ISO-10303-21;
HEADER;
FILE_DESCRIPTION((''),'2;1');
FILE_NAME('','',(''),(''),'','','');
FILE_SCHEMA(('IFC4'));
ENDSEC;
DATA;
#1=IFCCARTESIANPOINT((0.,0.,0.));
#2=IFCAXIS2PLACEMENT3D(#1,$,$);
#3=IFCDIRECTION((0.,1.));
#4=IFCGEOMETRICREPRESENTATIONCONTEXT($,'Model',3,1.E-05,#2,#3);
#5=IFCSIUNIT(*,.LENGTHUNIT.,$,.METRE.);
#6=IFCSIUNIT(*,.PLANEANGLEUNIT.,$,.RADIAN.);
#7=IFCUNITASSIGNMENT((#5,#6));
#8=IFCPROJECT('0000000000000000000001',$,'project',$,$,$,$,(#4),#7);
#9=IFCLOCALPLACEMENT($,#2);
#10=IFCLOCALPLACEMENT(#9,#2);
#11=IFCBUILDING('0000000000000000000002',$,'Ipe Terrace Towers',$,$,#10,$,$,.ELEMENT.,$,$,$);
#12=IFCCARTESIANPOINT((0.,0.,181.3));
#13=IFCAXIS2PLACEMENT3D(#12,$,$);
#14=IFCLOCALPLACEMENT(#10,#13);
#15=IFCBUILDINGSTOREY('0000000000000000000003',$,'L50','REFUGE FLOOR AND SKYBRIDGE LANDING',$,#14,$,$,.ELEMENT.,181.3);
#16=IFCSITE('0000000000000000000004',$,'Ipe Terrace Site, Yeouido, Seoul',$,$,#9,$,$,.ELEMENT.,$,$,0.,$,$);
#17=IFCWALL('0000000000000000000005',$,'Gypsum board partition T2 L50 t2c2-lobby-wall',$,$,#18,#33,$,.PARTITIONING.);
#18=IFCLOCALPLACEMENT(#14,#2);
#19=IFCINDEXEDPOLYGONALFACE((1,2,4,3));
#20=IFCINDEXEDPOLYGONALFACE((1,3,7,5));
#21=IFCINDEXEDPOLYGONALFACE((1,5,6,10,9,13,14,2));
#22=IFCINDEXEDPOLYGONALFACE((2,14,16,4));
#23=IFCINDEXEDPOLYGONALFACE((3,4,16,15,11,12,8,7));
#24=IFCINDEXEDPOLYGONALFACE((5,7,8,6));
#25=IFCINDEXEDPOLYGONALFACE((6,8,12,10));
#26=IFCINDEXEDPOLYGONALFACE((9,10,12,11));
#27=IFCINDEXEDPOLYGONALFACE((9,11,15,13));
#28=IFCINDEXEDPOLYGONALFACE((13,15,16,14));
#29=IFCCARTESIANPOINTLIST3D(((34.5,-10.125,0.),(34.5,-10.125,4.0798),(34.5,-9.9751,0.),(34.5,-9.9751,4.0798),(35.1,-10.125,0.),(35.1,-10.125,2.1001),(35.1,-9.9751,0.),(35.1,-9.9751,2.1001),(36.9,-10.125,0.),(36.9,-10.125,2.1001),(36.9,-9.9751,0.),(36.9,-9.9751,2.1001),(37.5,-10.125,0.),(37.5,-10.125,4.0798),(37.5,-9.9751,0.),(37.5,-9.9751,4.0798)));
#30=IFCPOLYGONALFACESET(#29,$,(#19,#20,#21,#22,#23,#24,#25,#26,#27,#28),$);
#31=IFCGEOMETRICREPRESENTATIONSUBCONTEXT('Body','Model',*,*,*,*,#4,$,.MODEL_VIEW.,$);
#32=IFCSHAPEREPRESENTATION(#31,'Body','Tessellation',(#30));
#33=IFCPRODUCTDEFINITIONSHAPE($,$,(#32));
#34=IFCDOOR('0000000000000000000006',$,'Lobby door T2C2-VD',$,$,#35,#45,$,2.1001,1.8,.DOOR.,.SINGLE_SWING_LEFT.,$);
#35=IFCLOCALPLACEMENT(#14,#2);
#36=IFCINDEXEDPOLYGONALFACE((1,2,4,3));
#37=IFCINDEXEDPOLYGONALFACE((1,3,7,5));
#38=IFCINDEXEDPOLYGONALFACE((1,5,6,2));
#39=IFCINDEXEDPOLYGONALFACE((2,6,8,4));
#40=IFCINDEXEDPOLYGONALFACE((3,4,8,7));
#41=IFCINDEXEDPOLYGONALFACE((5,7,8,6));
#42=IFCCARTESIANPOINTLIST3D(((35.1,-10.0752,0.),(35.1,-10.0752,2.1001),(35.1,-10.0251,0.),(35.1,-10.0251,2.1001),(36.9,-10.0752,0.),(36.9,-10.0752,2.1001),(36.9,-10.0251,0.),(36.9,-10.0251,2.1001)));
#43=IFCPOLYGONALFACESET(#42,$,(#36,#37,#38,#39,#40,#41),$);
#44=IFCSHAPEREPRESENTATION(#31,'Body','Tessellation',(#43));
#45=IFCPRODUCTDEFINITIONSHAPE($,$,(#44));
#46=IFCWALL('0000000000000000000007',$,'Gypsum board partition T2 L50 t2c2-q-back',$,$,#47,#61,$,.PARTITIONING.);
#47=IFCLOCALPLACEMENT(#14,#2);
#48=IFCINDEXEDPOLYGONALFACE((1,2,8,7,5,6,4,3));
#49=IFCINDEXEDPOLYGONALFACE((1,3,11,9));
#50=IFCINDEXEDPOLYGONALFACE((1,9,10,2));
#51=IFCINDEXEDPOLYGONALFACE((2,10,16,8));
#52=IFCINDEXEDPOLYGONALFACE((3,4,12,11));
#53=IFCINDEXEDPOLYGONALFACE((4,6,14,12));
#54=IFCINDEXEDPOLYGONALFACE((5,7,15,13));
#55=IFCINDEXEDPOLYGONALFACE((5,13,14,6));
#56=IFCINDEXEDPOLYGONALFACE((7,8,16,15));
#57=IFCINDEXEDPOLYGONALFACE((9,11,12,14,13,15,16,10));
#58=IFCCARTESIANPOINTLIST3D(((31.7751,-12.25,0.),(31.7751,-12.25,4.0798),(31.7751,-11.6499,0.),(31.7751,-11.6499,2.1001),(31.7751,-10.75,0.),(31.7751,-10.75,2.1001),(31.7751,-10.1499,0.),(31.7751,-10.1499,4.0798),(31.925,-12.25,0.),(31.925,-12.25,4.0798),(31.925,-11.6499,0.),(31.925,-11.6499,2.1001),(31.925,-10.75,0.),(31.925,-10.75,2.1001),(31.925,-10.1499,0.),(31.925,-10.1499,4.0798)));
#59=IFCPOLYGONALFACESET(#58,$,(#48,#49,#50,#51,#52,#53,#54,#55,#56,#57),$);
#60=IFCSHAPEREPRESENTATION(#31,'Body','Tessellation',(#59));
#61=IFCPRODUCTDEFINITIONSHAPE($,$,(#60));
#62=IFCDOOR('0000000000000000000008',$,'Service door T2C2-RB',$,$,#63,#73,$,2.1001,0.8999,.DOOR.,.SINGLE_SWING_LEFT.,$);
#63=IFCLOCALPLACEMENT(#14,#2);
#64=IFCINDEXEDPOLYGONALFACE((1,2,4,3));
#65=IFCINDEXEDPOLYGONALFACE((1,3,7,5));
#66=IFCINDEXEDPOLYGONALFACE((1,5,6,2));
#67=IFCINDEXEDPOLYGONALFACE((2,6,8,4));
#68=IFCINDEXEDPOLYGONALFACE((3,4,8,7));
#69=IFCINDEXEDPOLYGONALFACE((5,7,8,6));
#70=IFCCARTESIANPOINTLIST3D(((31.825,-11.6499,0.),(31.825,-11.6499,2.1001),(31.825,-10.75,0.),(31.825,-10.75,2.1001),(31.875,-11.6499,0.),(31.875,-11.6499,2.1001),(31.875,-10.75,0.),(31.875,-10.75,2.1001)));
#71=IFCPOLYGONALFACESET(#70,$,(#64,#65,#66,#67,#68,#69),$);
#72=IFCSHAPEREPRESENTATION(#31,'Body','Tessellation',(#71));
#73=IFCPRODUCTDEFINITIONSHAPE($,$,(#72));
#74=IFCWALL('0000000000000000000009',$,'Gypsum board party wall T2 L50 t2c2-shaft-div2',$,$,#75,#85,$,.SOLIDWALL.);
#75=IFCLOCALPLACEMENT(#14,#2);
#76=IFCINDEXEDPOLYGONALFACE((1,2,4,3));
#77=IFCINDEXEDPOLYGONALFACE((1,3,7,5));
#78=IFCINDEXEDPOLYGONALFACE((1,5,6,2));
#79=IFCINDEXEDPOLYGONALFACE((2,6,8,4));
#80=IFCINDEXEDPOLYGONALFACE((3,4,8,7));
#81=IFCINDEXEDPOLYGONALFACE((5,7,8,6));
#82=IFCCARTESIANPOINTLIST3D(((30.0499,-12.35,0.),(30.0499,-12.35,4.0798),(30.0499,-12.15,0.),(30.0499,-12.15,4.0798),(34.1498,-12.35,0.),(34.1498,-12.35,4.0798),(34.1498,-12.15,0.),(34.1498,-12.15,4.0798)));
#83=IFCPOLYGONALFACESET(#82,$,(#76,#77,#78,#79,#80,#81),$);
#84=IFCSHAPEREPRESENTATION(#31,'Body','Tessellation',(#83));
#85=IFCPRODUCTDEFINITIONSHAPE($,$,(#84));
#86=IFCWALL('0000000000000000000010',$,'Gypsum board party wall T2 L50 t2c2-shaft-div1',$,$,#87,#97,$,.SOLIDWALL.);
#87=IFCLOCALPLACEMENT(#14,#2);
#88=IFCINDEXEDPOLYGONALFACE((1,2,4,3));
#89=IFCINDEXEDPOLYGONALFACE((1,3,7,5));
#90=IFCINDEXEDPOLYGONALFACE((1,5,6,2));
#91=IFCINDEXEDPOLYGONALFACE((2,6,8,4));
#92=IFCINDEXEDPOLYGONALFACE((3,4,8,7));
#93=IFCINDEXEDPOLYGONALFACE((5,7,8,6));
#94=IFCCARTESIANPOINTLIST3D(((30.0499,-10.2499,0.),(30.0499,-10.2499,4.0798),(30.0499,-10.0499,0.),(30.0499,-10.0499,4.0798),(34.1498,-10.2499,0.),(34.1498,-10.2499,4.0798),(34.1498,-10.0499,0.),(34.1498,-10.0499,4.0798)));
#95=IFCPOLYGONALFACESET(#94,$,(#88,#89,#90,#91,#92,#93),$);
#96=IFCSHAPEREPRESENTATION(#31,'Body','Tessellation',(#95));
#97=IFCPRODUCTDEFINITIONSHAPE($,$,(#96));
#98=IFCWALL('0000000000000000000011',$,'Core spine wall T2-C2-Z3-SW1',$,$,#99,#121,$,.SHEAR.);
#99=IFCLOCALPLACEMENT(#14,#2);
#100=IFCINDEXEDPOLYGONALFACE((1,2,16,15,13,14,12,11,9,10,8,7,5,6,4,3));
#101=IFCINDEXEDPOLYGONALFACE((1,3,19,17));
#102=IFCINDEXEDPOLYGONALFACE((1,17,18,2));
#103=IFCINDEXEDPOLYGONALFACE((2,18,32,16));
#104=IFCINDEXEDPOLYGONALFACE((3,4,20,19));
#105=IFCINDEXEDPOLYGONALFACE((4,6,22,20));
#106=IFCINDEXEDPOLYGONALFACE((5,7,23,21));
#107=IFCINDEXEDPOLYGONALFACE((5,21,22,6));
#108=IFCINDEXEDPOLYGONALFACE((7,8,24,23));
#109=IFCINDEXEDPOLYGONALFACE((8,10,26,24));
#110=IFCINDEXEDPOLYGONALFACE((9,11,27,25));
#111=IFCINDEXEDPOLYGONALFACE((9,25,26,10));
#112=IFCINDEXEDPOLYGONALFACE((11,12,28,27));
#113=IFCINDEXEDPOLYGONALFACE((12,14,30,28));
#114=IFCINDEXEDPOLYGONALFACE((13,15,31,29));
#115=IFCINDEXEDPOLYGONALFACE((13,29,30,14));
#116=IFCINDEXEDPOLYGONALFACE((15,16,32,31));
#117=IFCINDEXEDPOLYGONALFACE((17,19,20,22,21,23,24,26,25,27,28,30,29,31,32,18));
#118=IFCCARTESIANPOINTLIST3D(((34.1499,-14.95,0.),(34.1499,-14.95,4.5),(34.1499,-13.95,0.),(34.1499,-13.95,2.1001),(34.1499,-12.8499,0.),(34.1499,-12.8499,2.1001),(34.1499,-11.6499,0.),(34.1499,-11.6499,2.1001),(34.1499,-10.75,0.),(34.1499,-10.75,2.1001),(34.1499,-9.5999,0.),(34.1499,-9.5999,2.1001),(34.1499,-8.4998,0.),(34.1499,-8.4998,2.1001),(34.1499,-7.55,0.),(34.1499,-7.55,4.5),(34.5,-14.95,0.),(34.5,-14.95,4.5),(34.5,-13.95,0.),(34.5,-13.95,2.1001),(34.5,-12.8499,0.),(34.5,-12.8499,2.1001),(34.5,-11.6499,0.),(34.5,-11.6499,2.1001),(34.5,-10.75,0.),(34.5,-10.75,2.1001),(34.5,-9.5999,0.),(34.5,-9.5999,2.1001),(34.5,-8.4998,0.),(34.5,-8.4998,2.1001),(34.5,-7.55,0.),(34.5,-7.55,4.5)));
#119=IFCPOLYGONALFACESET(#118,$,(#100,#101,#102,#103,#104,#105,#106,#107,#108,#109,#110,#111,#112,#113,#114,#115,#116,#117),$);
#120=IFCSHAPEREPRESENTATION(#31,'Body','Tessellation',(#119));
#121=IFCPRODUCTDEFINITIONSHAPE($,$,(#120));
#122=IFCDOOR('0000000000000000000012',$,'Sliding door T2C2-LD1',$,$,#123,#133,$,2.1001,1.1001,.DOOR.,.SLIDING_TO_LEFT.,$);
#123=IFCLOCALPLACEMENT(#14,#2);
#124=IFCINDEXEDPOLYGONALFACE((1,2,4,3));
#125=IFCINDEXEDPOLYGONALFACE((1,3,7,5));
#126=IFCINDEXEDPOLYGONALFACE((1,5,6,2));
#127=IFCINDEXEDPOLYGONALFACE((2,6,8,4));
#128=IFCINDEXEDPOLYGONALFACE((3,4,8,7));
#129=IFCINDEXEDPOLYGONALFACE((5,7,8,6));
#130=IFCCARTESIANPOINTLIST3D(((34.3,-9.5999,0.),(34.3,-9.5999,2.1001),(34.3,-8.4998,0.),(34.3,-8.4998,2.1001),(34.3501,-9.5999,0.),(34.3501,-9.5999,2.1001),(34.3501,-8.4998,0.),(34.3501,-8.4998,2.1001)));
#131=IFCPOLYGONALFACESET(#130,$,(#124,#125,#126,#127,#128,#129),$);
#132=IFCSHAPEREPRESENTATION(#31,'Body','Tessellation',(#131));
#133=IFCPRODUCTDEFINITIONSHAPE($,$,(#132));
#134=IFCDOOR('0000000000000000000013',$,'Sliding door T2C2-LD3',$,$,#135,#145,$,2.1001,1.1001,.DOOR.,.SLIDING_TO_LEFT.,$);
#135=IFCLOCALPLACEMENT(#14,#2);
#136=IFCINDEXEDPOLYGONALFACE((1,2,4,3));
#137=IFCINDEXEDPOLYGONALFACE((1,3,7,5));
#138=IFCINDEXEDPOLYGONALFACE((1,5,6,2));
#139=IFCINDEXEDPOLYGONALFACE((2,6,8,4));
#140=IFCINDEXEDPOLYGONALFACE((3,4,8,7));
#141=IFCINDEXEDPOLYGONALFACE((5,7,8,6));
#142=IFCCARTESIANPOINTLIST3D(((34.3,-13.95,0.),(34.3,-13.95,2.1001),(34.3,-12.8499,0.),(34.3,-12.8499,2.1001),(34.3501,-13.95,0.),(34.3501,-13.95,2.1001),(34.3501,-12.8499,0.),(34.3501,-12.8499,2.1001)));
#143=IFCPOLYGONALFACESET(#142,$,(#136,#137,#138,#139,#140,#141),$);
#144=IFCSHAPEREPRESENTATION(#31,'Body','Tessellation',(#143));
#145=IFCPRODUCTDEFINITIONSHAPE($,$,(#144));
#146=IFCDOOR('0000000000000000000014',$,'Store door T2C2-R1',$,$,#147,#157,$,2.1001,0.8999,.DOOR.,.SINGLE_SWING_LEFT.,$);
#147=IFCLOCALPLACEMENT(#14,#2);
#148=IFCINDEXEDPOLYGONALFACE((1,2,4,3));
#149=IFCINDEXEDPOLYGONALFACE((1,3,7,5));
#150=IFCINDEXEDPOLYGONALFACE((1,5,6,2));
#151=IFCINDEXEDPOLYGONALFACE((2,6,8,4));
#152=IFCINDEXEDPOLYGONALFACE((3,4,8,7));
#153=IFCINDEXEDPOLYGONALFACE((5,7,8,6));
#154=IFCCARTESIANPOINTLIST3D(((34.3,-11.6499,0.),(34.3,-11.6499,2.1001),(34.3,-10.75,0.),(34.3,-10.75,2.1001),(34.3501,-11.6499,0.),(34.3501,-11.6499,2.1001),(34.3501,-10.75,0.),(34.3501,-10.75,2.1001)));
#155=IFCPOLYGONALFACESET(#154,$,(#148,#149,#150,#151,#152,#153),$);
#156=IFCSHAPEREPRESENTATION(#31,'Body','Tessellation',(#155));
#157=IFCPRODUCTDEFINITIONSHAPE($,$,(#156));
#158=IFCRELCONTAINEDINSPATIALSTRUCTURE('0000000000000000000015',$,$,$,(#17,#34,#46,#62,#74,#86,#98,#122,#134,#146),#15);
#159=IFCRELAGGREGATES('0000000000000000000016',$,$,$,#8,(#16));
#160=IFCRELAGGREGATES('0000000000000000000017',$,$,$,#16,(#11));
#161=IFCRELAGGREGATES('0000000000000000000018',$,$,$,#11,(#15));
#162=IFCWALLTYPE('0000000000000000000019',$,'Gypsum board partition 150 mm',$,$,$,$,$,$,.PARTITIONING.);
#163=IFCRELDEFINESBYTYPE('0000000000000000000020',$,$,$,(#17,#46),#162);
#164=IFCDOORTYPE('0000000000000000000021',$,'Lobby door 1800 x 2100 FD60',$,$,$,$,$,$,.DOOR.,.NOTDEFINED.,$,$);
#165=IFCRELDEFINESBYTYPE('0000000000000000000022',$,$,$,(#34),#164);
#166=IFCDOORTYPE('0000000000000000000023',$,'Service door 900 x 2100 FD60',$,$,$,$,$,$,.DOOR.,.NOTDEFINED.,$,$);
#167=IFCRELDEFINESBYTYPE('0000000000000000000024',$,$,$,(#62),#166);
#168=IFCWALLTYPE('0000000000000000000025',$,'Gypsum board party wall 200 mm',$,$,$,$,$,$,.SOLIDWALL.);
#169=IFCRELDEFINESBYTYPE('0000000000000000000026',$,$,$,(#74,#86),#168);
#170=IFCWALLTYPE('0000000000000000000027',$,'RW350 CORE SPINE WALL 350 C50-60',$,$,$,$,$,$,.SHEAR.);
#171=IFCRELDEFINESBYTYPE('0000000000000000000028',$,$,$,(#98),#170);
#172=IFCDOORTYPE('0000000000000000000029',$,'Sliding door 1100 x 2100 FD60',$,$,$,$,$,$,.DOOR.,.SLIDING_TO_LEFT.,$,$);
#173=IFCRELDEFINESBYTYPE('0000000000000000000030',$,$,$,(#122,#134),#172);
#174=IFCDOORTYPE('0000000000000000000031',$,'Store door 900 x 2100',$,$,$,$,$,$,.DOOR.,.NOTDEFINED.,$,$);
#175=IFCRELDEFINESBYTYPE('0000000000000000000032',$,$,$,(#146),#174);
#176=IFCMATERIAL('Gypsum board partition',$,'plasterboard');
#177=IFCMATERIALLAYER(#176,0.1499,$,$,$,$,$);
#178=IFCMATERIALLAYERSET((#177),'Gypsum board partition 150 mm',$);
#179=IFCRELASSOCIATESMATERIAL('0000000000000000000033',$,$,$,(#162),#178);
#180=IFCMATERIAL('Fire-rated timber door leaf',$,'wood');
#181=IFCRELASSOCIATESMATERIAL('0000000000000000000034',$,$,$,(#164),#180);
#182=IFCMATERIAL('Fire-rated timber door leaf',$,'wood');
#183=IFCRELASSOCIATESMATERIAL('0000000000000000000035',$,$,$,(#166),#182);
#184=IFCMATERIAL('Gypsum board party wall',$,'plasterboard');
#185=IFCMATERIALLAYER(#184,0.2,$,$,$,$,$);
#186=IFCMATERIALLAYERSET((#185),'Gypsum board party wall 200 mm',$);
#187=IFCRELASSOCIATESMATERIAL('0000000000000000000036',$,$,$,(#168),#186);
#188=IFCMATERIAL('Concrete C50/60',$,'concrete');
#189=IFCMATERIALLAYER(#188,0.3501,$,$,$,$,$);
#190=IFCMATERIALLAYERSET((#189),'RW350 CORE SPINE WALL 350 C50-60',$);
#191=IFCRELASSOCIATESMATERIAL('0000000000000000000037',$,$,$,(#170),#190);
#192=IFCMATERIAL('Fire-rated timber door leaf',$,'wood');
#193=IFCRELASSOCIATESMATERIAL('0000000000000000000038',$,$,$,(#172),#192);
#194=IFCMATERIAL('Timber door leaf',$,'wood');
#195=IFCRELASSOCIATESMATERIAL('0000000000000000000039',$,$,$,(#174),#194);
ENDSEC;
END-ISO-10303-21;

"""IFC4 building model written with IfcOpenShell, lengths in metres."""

from ifc_helpers import new_model, si_unit, direction, frame, frame_2d, origin, place, context, subcontext, project, spatial, rectangle, extrude, material, layer, layer_set, type_object, element, fill, save


model = new_model("IFC4")

# Units and contexts
model_context = context("Model", 3, precision=1e-05, world=origin(), true_north=direction((0.0, 1.0)))
body_context = subcontext(model_context, "Body", "Model", "MODEL_VIEW")
ifc_project = project(units=[si_unit("LENGTHUNIT", "METRE"), si_unit("PLANEANGLEUNIT", "RADIAN")], contexts=[model_context])

# Site, building, storey
site_placement = place(None, origin())
site = spatial("IfcSite", under=ifc_project, at=site_placement, Name="Ipe Terrace Site, Yeouido, Seoul", CompositionType="ELEMENT", RefElevation=0.0)
building_placement = place(site_placement, origin())
building = spatial("IfcBuilding", under=site, at=building_placement, Name="Ipe Terrace Towers", CompositionType="ELEMENT")
storey_placement = place(building_placement, frame((0.0, 0.0, 181.3)))
storey = spatial("IfcBuildingStorey", under=building, at=storey_placement, Name="L50", Description="REFUGE FLOOR AND SKYBRIDGE LANDING", CompositionType="ELEMENT", Elevation=181.3)

# Walls, openings, doors
ifc_material_1 = material(Name="Gypsum board partition", Category="plasterboard")
ifc_layer_1 = layer(ifc_material_1, 0.1499)
ifc_layer_set_1 = layer_set([ifc_layer_1], Name="Gypsum board partition 150 mm")
wall_type_1 = type_object("IfcWallType", Name="Gypsum board partition 150 mm", PredefinedType="PARTITIONING", material=ifc_layer_set_1)
wall_1_placement = place(storey_placement, frame((34.5, -10.05, 0.0), z_axis=(0.0, 0.0, 1.0), x_axis=(1.0, 0.0, 0.0)))
wall_1 = element("IfcWall", 1, at=wall_1_placement, inside=storey, type_object=wall_type_1, Name="Gypsum board partition T2 L50 t2c2-lobby-wall", PredefinedType="PARTITIONING", context=body_context, shape_type="SweptSolid", body=[
    extrude(rectangle(XDim=3.0, YDim=0.1499, at=frame_2d((1.5, 0.0))), origin(), (0.0, 0.0, 1.0), 4.0798),
])
opening_1_placement = place(wall_1_placement, frame((0.6001, 0.0, 0.0)))
opening_1 = element("IfcOpeningElement", 2, at=opening_1_placement, cuts=wall_1, PredefinedType="OPENING", context=body_context, shape_type="SweptSolid", body=[
    extrude(rectangle(XDim=1.8, YDim=2.1001, at=frame_2d((0.8999, 1.05))), frame((0.0, 0.085, 0.0), z_axis=(0.0, -1.0, 0.0), x_axis=(1.0, 0.0, 0.0)), (0.0, 0.0, 1.0), 0.1699),
])
ifc_material_2 = material(Name="Fire-rated timber door leaf", Category="wood")
door_type_1 = type_object("IfcDoorType", Name="Lobby door 1800 x 2100 FD60", OperationType="NOTDEFINED", PredefinedType="DOOR", material=ifc_material_2)
door_1_placement = place(opening_1_placement, origin())
door_1 = element("IfcDoor", 3, at=door_1_placement, inside=storey, type_object=door_type_1, Name="Lobby door T2C2-VD", OperationType="SINGLE_SWING_LEFT", OverallHeight=2.1001, OverallWidth=1.8, PredefinedType="DOOR", context=body_context, shape_type="SweptSolid", body=[
    extrude(rectangle(XDim=1.8, YDim=2.1001, at=frame_2d((0.8999, 1.05))), frame((0.0, 0.0249, 0.0), z_axis=(0.0, -1.0, 0.0), x_axis=(1.0, 0.0, 0.0)), (0.0, 0.0, 1.0), 0.05),
])
fill(opening_1, door_1)
wall_2_placement = place(storey_placement, frame((31.8501, -10.1499, 0.0), z_axis=(0.0, 0.0, 1.0), x_axis=(0.0, -1.0, 0.0)))
wall_2 = element("IfcWall", 4, at=wall_2_placement, inside=storey, type_object=wall_type_1, Name="Gypsum board partition T2 L50 t2c2-q-back", PredefinedType="PARTITIONING", context=body_context, shape_type="SweptSolid", body=[
    extrude(rectangle(XDim=2.1001, YDim=0.1499, at=frame_2d((1.05, 0.0))), origin(), (0.0, 0.0, 1.0), 4.0798),
])
opening_2_placement = place(wall_2_placement, frame((0.6001, 0.0, 0.0)))
opening_2 = element("IfcOpeningElement", 5, at=opening_2_placement, cuts=wall_2, PredefinedType="OPENING", context=body_context, shape_type="SweptSolid", body=[
    extrude(rectangle(XDim=0.8999, YDim=2.1001, at=frame_2d((0.45, 1.05))), frame((0.0, 0.085, 0.0), z_axis=(0.0, -1.0, 0.0), x_axis=(1.0, 0.0, 0.0)), (0.0, 0.0, 1.0), 0.1699),
])
ifc_material_3 = material(Name="Fire-rated timber door leaf", Category="wood")
door_type_2 = type_object("IfcDoorType", Name="Service door 900 x 2100 FD60", OperationType="NOTDEFINED", PredefinedType="DOOR", material=ifc_material_3)
door_2_placement = place(opening_2_placement, origin())
door_2 = element("IfcDoor", 6, at=door_2_placement, inside=storey, type_object=door_type_2, Name="Service door T2C2-RB", OperationType="SINGLE_SWING_LEFT", OverallHeight=2.1001, OverallWidth=0.8999, PredefinedType="DOOR", context=body_context, shape_type="SweptSolid", body=[
    extrude(rectangle(XDim=0.8999, YDim=2.1001, at=frame_2d((0.45, 1.05))), frame((0.0, 0.0249, 0.0), z_axis=(0.0, -1.0, 0.0), x_axis=(1.0, 0.0, 0.0)), (0.0, 0.0, 1.0), 0.05),
])
fill(opening_2, door_2)

# Walls
ifc_material_4 = material(Name="Gypsum board party wall", Category="plasterboard")
ifc_layer_2 = layer(ifc_material_4, 0.2)
ifc_layer_set_2 = layer_set([ifc_layer_2], Name="Gypsum board party wall 200 mm")
wall_type_2 = type_object("IfcWallType", Name="Gypsum board party wall 200 mm", PredefinedType="SOLIDWALL", material=ifc_layer_set_2)
for number, where, z_axis, x_axis, name in (
    (7, (30.05, -12.25, 0.0), (0.0, 0.0, 1.0), (1.0, 0.0, 0.0), "Gypsum board party wall T2 L50 t2c2-shaft-div2"),
    (8, (30.05, -10.1499, 0.0), (0.0, 0.0, 1.0), (1.0, 0.0, 0.0), "Gypsum board party wall T2 L50 t2c2-shaft-div1"),
):
    element("IfcWall", number, at=place(storey_placement, frame(where, z_axis=z_axis, x_axis=x_axis)), inside=storey, type_object=wall_type_2, Name=name, PredefinedType="SOLIDWALL", context=body_context, shape_type="SweptSolid", body=[
        extrude(rectangle(XDim=4.0999, YDim=0.2, at=frame_2d((2.0498, 0.0))), origin(), (0.0, 0.0, 1.0), 4.0798),
    ])

# Wall, openings, doors
ifc_material_5 = material(Name="Concrete C50/60", Category="concrete")
ifc_layer_3 = layer(ifc_material_5, 0.3501)
ifc_layer_set_3 = layer_set([ifc_layer_3], Name="RW350 CORE SPINE WALL 350 C50-60")
wall_type_3 = type_object("IfcWallType", Name="RW350 CORE SPINE WALL 350 C50-60", PredefinedType="SHEAR", material=ifc_layer_set_3)
wall_3_placement = place(storey_placement, frame((34.325, -14.95, 0.0), z_axis=(0.0, 0.0, 1.0), x_axis=(0.0, 1.0, 0.0)))
wall_3 = element("IfcWall", 9, at=wall_3_placement, inside=storey, type_object=wall_type_3, Name="Core spine wall T2-C2-Z3-SW1", PredefinedType="SHEAR", context=body_context, shape_type="SweptSolid", body=[
    extrude(rectangle(XDim=7.3999, YDim=0.3501, at=frame_2d((3.7, 0.0))), origin(), (0.0, 0.0, 1.0), 4.5),
])
opening_3_placement = place(wall_3_placement, frame((5.3501, 0.0, 0.0)))
opening_3 = element("IfcOpeningElement", 10, at=opening_3_placement, cuts=wall_3, PredefinedType="OPENING", context=body_context, shape_type="SweptSolid", body=[
    extrude(rectangle(XDim=1.1001, YDim=2.1001, at=frame_2d((0.55, 1.05))), frame((0.0, 0.1851, 0.0), z_axis=(0.0, -1.0, 0.0), x_axis=(1.0, 0.0, 0.0)), (0.0, 0.0, 1.0), 0.3701),
])
opening_4_placement = place(wall_3_placement, frame((1.0, 0.0, 0.0)))
opening_4 = element("IfcOpeningElement", 11, at=opening_4_placement, cuts=wall_3, PredefinedType="OPENING", context=body_context, shape_type="SweptSolid", body=[
    extrude(rectangle(XDim=1.1001, YDim=2.1001, at=frame_2d((0.55, 1.05))), frame((0.0, 0.1851, 0.0), z_axis=(0.0, -1.0, 0.0), x_axis=(1.0, 0.0, 0.0)), (0.0, 0.0, 1.0), 0.3701),
])
opening_5_placement = place(wall_3_placement, frame((3.3, 0.0, 0.0)))
opening_5 = element("IfcOpeningElement", 12, at=opening_5_placement, cuts=wall_3, PredefinedType="OPENING", context=body_context, shape_type="SweptSolid", body=[
    extrude(rectangle(XDim=0.8999, YDim=2.1001, at=frame_2d((0.45, 1.05))), frame((0.0, 0.1851, 0.0), z_axis=(0.0, -1.0, 0.0), x_axis=(1.0, 0.0, 0.0)), (0.0, 0.0, 1.0), 0.3701),
])
ifc_material_6 = material(Name="Fire-rated timber door leaf", Category="wood")
door_type_3 = type_object("IfcDoorType", Name="Sliding door 1100 x 2100 FD60", OperationType="SLIDING_TO_LEFT", PredefinedType="DOOR", material=ifc_material_6)
door_3_placement = place(opening_3_placement, origin())
door_3 = element("IfcDoor", 13, at=door_3_placement, inside=storey, type_object=door_type_3, Name="Sliding door T2C2-LD1", OperationType="SLIDING_TO_LEFT", OverallHeight=2.1001, OverallWidth=1.1001, PredefinedType="DOOR", context=body_context, shape_type="SweptSolid", body=[
    extrude(rectangle(XDim=1.1001, YDim=2.1001, at=frame_2d((0.55, 1.05))), frame((0.0, 0.0249, 0.0), z_axis=(0.0, -1.0, 0.0), x_axis=(1.0, 0.0, 0.0)), (0.0, 0.0, 1.0), 0.05),
])
fill(opening_3, door_3)
door_4_placement = place(opening_4_placement, origin())
door_4 = element("IfcDoor", 14, at=door_4_placement, inside=storey, type_object=door_type_3, Name="Sliding door T2C2-LD3", OperationType="SLIDING_TO_LEFT", OverallHeight=2.1001, OverallWidth=1.1001, PredefinedType="DOOR", context=body_context, shape_type="SweptSolid", body=[
    extrude(rectangle(XDim=1.1001, YDim=2.1001, at=frame_2d((0.55, 1.05))), frame((0.0, 0.0249, 0.0), z_axis=(0.0, -1.0, 0.0), x_axis=(1.0, 0.0, 0.0)), (0.0, 0.0, 1.0), 0.05),
])
fill(opening_4, door_4)
ifc_material_7 = material(Name="Timber door leaf", Category="wood")
door_type_4 = type_object("IfcDoorType", Name="Store door 900 x 2100", OperationType="NOTDEFINED", PredefinedType="DOOR", material=ifc_material_7)
door_5_placement = place(opening_5_placement, origin())
door_5 = element("IfcDoor", 15, at=door_5_placement, inside=storey, type_object=door_type_4, Name="Store door T2C2-R1", OperationType="SINGLE_SWING_LEFT", OverallHeight=2.1001, OverallWidth=0.8999, PredefinedType="DOOR", context=body_context, shape_type="SweptSolid", body=[
    extrude(rectangle(XDim=0.8999, YDim=2.1001, at=frame_2d((0.45, 1.05))), frame((0.0, 0.0249, 0.0), z_axis=(0.0, -1.0, 0.0), x_axis=(1.0, 0.0, 0.0)), (0.0, 0.0, 1.0), 0.05),
])
fill(opening_5, door_5)

save(model, "model.ifc")
